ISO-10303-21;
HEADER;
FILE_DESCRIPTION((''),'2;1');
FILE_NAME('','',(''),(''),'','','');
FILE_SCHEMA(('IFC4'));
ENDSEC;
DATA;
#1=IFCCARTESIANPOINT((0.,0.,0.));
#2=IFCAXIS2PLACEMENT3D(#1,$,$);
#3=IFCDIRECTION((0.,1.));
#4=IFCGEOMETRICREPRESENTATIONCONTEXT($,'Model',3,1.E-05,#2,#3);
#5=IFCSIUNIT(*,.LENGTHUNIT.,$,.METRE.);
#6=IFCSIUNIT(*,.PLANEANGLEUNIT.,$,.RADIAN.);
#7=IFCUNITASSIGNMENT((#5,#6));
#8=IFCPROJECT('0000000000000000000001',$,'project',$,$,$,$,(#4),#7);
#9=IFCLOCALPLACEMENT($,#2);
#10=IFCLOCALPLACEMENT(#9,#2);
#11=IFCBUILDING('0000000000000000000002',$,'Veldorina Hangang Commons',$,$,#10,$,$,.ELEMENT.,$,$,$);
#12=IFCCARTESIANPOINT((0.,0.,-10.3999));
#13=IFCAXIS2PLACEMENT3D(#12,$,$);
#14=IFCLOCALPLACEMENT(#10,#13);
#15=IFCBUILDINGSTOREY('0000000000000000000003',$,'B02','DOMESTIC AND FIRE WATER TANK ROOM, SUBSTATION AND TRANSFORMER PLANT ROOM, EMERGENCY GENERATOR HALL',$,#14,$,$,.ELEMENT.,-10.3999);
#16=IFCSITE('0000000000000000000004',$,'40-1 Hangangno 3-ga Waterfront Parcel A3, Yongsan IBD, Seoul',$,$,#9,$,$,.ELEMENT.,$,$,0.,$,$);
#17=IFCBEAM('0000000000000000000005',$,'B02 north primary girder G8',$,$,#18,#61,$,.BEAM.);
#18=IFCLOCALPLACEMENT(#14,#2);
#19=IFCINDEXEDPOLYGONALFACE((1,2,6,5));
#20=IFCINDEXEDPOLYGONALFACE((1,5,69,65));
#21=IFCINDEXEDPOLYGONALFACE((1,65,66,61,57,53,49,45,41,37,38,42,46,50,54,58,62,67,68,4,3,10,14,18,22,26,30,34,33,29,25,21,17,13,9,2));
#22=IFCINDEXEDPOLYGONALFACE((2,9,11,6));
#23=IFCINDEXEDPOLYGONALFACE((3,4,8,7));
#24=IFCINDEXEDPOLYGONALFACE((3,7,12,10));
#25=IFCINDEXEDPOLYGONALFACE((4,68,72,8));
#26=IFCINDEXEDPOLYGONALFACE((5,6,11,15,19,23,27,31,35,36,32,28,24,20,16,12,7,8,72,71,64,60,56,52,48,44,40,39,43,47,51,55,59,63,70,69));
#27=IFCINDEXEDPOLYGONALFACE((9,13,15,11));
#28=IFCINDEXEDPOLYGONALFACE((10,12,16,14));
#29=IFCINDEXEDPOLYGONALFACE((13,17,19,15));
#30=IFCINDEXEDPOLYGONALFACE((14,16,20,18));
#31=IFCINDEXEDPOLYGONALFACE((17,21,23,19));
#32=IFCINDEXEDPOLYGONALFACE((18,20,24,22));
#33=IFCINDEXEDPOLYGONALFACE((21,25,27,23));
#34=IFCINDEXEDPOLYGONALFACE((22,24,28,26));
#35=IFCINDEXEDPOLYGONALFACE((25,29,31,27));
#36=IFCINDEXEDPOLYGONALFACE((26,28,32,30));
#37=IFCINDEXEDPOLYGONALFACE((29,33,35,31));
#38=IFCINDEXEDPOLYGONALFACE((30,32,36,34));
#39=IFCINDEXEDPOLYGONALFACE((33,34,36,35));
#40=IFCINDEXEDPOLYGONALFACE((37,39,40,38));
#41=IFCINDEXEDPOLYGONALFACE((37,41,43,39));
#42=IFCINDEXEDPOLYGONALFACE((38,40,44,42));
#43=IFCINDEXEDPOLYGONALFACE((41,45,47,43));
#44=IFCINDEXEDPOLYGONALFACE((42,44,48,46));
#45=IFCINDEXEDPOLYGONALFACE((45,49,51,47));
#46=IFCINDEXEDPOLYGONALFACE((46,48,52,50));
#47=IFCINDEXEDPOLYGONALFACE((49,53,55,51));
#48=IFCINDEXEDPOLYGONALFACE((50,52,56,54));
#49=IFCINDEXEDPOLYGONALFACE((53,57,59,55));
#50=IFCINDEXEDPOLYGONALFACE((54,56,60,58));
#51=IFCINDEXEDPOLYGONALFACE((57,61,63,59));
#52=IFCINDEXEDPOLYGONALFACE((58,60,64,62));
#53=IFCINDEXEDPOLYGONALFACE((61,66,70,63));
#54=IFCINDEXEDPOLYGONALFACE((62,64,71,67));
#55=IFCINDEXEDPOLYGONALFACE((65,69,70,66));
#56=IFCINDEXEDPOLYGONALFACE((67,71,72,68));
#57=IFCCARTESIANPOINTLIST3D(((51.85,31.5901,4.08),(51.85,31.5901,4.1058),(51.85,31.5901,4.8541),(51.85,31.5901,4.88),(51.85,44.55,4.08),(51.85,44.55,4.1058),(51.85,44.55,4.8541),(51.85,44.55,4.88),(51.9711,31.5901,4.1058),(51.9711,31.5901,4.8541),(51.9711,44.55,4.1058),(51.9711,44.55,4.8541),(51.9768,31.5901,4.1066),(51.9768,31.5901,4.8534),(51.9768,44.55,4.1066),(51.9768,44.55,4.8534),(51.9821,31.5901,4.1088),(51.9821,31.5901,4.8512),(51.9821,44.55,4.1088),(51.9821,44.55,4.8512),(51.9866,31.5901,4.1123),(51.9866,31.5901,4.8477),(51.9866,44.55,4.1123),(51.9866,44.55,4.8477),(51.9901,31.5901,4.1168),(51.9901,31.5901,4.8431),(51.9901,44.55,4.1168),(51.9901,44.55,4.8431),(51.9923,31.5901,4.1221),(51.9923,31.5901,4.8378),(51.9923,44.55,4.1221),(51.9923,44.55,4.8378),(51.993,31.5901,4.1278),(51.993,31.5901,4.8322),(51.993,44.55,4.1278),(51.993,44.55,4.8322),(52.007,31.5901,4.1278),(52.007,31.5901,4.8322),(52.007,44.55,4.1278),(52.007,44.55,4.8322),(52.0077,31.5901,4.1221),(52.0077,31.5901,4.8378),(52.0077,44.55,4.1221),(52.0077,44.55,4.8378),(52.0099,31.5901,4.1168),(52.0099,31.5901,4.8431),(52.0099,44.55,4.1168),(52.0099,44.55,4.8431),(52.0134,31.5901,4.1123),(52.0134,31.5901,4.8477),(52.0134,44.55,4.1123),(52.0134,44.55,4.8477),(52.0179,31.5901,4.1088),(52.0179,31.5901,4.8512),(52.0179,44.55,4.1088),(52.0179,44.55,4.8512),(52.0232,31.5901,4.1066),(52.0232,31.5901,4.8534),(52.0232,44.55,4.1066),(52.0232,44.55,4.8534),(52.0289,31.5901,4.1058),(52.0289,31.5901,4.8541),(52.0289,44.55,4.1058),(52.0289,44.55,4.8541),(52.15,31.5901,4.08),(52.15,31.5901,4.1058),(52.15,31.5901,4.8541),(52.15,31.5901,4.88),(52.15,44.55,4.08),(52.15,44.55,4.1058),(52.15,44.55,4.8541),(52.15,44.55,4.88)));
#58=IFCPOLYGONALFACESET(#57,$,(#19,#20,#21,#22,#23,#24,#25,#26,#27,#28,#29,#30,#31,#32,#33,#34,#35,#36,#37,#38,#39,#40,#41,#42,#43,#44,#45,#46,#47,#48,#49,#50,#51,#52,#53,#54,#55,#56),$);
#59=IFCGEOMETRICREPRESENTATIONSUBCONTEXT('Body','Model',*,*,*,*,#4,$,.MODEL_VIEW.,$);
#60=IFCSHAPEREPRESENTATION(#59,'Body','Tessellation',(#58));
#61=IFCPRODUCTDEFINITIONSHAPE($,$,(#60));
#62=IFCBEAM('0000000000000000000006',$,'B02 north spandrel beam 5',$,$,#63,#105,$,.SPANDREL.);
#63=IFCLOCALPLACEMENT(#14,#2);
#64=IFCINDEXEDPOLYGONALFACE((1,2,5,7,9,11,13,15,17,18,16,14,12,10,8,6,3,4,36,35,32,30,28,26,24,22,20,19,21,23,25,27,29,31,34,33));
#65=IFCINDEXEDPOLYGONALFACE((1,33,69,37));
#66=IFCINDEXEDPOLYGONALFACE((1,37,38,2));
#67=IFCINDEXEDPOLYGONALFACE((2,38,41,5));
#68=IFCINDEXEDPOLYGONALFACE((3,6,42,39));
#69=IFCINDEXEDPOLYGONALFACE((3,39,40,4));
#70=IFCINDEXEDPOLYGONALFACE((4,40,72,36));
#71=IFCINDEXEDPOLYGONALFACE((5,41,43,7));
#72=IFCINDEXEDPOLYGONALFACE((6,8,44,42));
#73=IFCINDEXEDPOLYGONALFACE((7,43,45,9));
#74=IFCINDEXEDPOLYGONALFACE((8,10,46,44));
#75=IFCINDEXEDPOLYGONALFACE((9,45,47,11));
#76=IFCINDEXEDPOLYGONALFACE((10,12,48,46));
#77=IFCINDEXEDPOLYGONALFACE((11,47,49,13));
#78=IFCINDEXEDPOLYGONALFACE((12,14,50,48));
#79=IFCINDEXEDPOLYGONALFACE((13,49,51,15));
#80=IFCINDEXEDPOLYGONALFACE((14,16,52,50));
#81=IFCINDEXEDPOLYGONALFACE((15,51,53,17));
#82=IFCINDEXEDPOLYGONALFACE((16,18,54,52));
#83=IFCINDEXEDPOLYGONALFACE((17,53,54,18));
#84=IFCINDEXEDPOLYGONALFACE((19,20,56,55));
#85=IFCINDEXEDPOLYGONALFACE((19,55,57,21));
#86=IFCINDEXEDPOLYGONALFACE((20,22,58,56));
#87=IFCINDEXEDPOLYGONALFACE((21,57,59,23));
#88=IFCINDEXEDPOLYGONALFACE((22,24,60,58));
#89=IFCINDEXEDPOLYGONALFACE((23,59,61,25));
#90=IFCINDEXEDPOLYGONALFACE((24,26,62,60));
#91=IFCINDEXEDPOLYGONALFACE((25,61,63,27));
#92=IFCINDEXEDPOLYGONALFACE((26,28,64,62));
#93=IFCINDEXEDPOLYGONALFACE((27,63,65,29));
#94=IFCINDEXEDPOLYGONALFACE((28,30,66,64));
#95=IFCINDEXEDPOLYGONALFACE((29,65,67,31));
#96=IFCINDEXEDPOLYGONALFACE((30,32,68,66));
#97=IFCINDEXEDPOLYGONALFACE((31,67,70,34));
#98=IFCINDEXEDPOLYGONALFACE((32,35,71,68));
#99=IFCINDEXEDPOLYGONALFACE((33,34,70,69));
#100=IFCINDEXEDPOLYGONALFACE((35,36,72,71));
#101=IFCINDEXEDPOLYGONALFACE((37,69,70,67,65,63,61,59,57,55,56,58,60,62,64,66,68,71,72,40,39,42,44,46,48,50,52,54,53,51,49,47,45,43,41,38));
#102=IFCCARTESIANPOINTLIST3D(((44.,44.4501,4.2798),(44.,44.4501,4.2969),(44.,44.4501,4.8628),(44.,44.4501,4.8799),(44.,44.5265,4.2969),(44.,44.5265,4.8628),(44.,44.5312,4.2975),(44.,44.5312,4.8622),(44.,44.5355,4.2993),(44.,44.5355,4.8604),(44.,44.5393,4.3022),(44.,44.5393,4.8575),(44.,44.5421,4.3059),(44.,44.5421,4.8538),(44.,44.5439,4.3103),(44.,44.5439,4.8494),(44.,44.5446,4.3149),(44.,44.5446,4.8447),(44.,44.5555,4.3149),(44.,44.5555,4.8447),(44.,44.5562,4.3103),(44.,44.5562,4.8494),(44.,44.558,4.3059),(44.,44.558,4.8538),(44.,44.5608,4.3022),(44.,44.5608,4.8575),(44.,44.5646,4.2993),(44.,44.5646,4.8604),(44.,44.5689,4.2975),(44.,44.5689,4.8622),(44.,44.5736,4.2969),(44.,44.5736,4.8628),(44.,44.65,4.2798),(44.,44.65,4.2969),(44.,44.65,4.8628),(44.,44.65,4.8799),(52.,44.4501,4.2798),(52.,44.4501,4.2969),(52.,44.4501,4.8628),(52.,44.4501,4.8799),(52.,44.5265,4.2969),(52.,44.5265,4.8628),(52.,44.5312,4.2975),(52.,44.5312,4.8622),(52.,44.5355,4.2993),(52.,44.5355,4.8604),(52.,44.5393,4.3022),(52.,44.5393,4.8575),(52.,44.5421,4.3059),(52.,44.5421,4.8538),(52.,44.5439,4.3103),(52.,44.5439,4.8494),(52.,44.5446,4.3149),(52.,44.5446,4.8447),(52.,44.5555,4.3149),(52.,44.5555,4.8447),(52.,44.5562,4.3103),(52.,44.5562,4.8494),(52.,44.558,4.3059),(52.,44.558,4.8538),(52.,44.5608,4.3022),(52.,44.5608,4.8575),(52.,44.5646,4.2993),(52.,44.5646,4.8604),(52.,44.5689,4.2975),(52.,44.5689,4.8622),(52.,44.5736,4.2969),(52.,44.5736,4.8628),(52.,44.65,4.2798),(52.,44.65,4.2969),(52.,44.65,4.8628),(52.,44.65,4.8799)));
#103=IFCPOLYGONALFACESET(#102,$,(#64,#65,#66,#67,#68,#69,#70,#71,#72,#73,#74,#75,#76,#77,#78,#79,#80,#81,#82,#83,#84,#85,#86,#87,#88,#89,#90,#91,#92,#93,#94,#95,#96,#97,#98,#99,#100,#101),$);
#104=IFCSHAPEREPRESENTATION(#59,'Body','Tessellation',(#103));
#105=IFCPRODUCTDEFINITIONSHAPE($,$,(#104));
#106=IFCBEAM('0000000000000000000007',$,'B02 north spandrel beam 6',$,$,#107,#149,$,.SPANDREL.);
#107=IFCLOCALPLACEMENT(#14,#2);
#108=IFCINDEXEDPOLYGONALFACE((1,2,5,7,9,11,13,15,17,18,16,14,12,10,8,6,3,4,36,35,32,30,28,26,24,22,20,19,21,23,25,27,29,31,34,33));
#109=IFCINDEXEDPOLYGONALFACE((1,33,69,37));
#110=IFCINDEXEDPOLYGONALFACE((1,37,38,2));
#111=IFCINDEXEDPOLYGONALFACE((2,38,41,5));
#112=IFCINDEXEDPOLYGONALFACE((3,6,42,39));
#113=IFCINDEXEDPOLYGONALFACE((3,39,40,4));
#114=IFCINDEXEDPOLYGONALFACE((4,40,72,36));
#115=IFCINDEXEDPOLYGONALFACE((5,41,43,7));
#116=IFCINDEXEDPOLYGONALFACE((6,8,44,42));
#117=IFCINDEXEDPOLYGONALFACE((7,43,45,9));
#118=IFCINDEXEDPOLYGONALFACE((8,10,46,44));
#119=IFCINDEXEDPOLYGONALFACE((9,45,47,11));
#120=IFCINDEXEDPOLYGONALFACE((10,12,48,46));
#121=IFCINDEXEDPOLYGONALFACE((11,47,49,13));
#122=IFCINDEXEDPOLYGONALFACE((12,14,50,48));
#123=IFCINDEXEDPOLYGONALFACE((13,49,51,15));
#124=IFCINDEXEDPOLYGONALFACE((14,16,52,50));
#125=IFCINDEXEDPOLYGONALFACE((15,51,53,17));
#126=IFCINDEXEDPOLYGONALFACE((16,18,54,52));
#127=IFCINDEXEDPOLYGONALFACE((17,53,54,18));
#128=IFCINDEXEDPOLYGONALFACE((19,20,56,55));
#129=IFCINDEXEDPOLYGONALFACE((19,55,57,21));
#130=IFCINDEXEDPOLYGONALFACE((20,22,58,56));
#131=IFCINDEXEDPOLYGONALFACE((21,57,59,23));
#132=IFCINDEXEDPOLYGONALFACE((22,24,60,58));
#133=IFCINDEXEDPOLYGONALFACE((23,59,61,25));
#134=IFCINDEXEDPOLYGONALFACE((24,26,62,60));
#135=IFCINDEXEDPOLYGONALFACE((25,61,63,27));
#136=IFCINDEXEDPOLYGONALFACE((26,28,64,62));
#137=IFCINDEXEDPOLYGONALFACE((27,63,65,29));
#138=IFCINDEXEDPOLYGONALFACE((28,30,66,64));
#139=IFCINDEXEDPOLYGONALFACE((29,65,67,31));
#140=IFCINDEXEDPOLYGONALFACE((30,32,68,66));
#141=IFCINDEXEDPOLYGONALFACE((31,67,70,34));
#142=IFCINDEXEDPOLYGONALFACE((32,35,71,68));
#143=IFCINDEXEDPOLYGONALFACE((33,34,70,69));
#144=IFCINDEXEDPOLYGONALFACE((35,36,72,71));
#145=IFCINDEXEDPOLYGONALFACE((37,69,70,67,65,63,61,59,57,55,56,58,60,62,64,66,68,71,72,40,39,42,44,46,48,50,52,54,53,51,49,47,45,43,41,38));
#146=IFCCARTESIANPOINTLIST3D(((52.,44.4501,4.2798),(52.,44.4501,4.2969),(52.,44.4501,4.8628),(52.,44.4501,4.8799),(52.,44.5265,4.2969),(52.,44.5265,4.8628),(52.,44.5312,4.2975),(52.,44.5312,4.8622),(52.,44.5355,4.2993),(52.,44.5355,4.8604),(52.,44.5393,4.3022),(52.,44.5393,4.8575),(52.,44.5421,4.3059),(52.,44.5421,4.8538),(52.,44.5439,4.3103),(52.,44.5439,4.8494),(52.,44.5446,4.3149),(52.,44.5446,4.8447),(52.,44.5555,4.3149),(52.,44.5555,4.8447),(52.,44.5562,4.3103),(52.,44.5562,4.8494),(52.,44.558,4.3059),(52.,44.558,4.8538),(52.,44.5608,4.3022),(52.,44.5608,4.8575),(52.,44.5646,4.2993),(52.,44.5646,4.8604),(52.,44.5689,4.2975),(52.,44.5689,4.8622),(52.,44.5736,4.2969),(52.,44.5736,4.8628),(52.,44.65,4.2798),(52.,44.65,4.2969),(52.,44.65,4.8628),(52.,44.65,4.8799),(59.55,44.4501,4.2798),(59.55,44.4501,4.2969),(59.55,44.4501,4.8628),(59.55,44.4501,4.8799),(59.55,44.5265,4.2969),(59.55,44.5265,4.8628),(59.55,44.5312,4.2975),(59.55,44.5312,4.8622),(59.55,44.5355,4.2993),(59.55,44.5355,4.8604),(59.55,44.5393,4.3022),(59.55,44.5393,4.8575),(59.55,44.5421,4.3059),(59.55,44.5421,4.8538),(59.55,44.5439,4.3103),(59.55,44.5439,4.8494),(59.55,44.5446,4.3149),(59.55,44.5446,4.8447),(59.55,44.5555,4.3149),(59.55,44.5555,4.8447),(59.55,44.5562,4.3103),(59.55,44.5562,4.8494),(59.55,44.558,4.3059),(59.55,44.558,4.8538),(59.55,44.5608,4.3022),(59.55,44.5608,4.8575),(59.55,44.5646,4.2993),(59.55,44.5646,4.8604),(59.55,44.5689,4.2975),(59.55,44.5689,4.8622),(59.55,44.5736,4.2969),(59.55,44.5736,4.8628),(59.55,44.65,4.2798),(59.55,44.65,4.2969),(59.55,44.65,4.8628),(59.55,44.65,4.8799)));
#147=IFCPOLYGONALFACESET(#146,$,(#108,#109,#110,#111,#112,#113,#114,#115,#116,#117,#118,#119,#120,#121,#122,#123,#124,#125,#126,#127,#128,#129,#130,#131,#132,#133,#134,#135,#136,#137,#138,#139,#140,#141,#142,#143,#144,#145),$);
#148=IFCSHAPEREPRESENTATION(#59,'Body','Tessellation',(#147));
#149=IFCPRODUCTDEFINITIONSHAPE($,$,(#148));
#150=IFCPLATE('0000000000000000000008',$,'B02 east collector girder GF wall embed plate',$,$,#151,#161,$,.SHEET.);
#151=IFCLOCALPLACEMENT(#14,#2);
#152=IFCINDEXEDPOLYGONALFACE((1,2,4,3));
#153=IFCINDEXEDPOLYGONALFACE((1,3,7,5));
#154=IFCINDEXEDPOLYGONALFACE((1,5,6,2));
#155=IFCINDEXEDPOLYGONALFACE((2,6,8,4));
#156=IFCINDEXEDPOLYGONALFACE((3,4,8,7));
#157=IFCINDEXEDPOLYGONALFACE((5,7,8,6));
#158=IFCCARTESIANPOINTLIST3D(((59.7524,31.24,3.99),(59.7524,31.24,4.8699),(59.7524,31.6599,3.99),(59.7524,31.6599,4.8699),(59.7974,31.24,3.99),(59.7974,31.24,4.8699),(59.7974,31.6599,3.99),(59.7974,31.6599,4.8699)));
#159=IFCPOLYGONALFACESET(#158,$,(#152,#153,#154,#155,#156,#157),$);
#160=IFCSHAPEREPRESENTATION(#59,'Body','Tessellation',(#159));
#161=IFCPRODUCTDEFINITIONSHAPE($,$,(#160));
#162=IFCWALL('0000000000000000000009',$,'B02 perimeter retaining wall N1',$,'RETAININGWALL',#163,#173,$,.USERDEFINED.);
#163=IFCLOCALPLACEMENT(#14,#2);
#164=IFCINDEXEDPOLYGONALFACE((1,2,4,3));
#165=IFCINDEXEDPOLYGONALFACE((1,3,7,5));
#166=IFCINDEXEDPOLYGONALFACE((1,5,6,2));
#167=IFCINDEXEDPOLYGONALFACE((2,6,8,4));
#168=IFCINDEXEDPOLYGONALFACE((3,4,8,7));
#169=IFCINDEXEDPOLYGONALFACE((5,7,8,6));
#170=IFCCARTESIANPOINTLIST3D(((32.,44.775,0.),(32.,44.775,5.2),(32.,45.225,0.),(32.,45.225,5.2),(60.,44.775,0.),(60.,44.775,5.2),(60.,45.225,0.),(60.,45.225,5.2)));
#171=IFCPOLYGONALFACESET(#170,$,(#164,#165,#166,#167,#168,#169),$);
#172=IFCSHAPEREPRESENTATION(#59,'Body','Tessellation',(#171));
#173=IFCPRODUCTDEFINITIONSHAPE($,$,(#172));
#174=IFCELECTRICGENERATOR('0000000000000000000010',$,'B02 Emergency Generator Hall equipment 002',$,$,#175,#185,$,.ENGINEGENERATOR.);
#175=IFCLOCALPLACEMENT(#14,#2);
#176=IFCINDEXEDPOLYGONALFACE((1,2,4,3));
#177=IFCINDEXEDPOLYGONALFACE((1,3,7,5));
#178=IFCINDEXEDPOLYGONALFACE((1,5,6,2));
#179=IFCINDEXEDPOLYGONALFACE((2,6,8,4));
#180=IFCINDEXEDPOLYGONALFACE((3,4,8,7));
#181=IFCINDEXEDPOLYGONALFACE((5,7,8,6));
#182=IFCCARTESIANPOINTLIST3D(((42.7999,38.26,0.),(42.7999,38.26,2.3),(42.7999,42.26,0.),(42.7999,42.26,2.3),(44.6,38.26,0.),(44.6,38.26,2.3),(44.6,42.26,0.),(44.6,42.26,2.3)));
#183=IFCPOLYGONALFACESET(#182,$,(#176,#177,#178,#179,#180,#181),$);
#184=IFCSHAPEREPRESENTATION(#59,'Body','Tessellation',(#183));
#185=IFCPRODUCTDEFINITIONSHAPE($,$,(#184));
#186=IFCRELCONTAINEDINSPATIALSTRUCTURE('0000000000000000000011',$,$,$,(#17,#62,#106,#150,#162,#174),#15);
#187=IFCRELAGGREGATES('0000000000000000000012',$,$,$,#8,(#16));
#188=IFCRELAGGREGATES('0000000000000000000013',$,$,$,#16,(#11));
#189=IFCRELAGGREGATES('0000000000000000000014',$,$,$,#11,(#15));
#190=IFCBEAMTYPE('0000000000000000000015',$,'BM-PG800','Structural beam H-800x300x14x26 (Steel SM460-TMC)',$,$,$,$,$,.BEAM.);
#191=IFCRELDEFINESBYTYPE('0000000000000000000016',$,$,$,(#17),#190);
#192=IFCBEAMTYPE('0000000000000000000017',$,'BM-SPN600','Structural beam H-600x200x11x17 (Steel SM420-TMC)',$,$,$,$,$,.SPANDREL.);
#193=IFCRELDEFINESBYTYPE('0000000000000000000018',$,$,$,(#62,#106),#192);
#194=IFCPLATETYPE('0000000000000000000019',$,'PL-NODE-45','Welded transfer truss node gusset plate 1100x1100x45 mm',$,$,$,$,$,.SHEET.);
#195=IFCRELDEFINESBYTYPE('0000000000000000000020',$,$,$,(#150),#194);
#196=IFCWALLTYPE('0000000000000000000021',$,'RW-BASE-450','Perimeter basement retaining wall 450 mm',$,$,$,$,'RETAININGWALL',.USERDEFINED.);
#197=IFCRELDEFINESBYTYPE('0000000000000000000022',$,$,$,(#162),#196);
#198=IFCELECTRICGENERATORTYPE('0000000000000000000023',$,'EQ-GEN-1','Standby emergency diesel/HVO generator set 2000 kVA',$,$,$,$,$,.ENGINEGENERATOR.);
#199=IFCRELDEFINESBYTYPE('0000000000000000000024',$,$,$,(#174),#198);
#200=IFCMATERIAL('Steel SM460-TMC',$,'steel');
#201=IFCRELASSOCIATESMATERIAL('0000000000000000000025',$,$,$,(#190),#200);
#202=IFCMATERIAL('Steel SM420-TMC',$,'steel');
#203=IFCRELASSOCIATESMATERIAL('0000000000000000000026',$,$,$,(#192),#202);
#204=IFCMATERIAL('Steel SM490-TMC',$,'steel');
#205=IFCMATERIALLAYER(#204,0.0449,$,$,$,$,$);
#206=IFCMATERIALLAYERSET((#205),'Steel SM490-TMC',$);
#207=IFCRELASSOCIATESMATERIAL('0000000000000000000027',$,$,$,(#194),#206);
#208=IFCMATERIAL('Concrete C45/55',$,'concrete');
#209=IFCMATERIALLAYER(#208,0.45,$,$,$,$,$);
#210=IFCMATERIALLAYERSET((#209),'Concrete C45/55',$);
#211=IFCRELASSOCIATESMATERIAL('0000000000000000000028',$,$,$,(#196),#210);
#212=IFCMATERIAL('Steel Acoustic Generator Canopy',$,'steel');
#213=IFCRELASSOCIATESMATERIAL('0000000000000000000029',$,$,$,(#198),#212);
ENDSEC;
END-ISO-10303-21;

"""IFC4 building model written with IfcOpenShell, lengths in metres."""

from ifc_helpers import new_model, si_unit, direction, frame, frame_2d, origin, origin_2d, place, context, subcontext, project, spatial, rectangle, i_section, extrude, material, layer, layer_set, material_profile, profile_set, type_object, element, save


model = new_model("IFC4")

# Units and contexts
model_context = context("Model", 3, precision=1e-05, world=origin(), true_north=direction((0.0, 1.0)))
body_context = subcontext(model_context, "Body", "Model", "MODEL_VIEW")
ifc_project = project(units=[si_unit("LENGTHUNIT", "METRE"), si_unit("PLANEANGLEUNIT", "RADIAN")], contexts=[model_context])

# Site, building, storey
site_placement = place(None, origin())
site = spatial("IfcSite", under=ifc_project, at=site_placement, Name="40-1 Hangangno 3-ga Waterfront Parcel A3, Yongsan IBD, Seoul", CompositionType="ELEMENT", RefElevation=0.0)
building_placement = place(site_placement, origin())
building = spatial("IfcBuilding", under=site, at=building_placement, Name="Veldorina Hangang Commons", CompositionType="ELEMENT")
storey_placement = place(building_placement, frame((0.0, 0.0, -10.3999)))
storey = spatial("IfcBuildingStorey", under=building, at=storey_placement, Name="B02", Description="DOMESTIC AND FIRE WATER TANK ROOM, SUBSTATION AND TRANSFORMER PLANT ROOM, EMERGENCY GENERATOR HALL", CompositionType="ELEMENT", Elevation=-10.3999)

# Shared definitions
ifc_material_1 = material(Name="Concrete C45/55", Category="concrete")

# Beams
ifc_material_2 = material(Name="Steel SM460-TMC", Category="steel")
ifc_material_profile_1 = material_profile(ifc_material_2, i_section(OverallWidth=0.3, OverallDepth=0.8, WebThickness=0.0139, FlangeThickness=0.0259, FilletRadius=0.022, at=origin_2d()), Name="H-800x300x14x26")
ifc_profile_set_1 = profile_set([ifc_material_profile_1], Name="Steel SM460-TMC")
beam_type_1 = type_object("IfcBeamType", Name="BM-PG800", Description="Structural beam H-800x300x14x26 (Steel SM460-TMC)", PredefinedType="BEAM", material=ifc_profile_set_1)
for number, where, z_axis, x_axis, name in (
    (1, (52.0, 31.5901, 4.48), (0.0, 1.0, 0.0), (-1.0, 0.0, 0.0), "B02 north primary girder G8"),
):
    element("IfcBeam", number, at=place(storey_placement, frame(where, z_axis=z_axis, x_axis=x_axis)), inside=storey, type_object=beam_type_1, Name=name, PredefinedType="BEAM", context=body_context, shape_type="SweptSolid", body=[
        extrude(i_section(OverallWidth=0.3, OverallDepth=0.8, WebThickness=0.0139, FlangeThickness=0.0259, FilletRadius=0.022, at=origin_2d()), origin(), (0.0, 0.0, 1.0), 12.96),
    ])
ifc_material_3 = material(Name="Steel SM420-TMC", Category="steel")
ifc_material_profile_2 = material_profile(ifc_material_3, i_section(OverallWidth=0.2, OverallDepth=0.6001, WebThickness=0.011, FlangeThickness=0.0171, FilletRadius=0.0181, at=origin_2d()), Name="H-600x200x11x17")
ifc_profile_set_2 = profile_set([ifc_material_profile_2], Name="Steel SM420-TMC")
beam_type_2 = type_object("IfcBeamType", Name="BM-SPN600", Description="Structural beam H-600x200x11x17 (Steel SM420-TMC)", PredefinedType="SPANDREL", material=ifc_profile_set_2)
beam_1_placement = place(storey_placement, frame((44.0, 44.55, 4.5798), z_axis=(1.0, 0.0, 0.0), x_axis=(0.0, 1.0, 0.0)))
element("IfcBeam", 2, at=beam_1_placement, inside=storey, type_object=beam_type_2, Name="B02 north spandrel beam 5", PredefinedType="SPANDREL", context=body_context, shape_type="SweptSolid", body=[
    extrude(i_section(OverallWidth=0.2, OverallDepth=0.6001, WebThickness=0.011, FlangeThickness=0.0171, FilletRadius=0.0181, at=origin_2d()), origin(), (0.0, 0.0, 1.0), 8.0),
])
beam_2_placement = place(storey_placement, frame((52.0, 44.55, 4.5798), z_axis=(1.0, 0.0, 0.0), x_axis=(0.0, 1.0, 0.0)))
element("IfcBeam", 3, at=beam_2_placement, inside=storey, type_object=beam_type_2, Name="B02 north spandrel beam 6", PredefinedType="SPANDREL", context=body_context, shape_type="SweptSolid", body=[
    extrude(i_section(OverallWidth=0.2, OverallDepth=0.6001, WebThickness=0.011, FlangeThickness=0.0171, FilletRadius=0.0181, at=origin_2d()), origin(), (0.0, 0.0, 1.0), 7.55),
])

# Plate
ifc_material_4 = material(Name="Steel SM490-TMC", Category="steel")
ifc_layer_1 = layer(ifc_material_4, 0.0449)
ifc_layer_set_1 = layer_set([ifc_layer_1], Name="Steel SM490-TMC")
plate_type = type_object("IfcPlateType", Name="PL-NODE-45", Description="Welded transfer truss node gusset plate 1100x1100x45 mm", PredefinedType="SHEET", material=ifc_layer_set_1)
plate_placement = place(storey_placement, frame((59.7749, 31.45, 3.99), z_axis=(0.0, 0.0, 1.0), x_axis=(1.0, 0.0, 0.0)))
element("IfcPlate", 4, at=plate_placement, inside=storey, type_object=plate_type, Name="B02 east collector girder GF wall embed plate", PredefinedType="SHEET", context=body_context, shape_type="SweptSolid", body=[
    extrude(rectangle(XDim=0.0449, YDim=0.4199, at=origin_2d()), origin(), (0.0, 0.0, 1.0), 0.8799),
])

# Wall
ifc_layer_2 = layer(ifc_material_1, 0.45)
ifc_layer_set_2 = layer_set([ifc_layer_2], Name="Concrete C45/55")
wall_type = type_object("IfcWallType", Name="RW-BASE-450", Description="Perimeter basement retaining wall 450 mm", ElementType="RETAININGWALL", PredefinedType="USERDEFINED", material=ifc_layer_set_2)
wall_placement = place(storey_placement, frame((60.0, 45.0, 0.0), z_axis=(0.0, 0.0, 1.0), x_axis=(-1.0, 0.0, 0.0)))
element("IfcWall", 5, at=wall_placement, inside=storey, type_object=wall_type, Name="B02 perimeter retaining wall N1", ObjectType="RETAININGWALL", PredefinedType="USERDEFINED", context=body_context, shape_type="SweptSolid", body=[
    extrude(rectangle(XDim=28.0, YDim=0.45, at=frame_2d((14.0, 0.0))), origin(), (0.0, 0.0, 1.0), 5.2),
])

# Electric generator
ifc_material_5 = material(Name="Steel Acoustic Generator Canopy", Category="steel")
electric_generator_type = type_object("IfcElectricGeneratorType", Name="EQ-GEN-1", Description="Standby emergency diesel/HVO generator set 2000 kVA", PredefinedType="ENGINEGENERATOR", material=ifc_material_5)
electric_generator_placement = place(storey_placement, frame((43.7, 40.26, 0.0), z_axis=(0.0, 0.0, 1.0), x_axis=(1.0, 0.0, 0.0)))
element("IfcElectricGenerator", 6, at=electric_generator_placement, inside=storey, type_object=electric_generator_type, Name="B02 Emergency Generator Hall equipment 002", PredefinedType="ENGINEGENERATOR", context=body_context, shape_type="SweptSolid", body=[
    extrude(rectangle(XDim=1.8, YDim=4.0, at=origin_2d()), origin(), (0.0, 0.0, 1.0), 2.3),
])

save(model, "model.ifc")
